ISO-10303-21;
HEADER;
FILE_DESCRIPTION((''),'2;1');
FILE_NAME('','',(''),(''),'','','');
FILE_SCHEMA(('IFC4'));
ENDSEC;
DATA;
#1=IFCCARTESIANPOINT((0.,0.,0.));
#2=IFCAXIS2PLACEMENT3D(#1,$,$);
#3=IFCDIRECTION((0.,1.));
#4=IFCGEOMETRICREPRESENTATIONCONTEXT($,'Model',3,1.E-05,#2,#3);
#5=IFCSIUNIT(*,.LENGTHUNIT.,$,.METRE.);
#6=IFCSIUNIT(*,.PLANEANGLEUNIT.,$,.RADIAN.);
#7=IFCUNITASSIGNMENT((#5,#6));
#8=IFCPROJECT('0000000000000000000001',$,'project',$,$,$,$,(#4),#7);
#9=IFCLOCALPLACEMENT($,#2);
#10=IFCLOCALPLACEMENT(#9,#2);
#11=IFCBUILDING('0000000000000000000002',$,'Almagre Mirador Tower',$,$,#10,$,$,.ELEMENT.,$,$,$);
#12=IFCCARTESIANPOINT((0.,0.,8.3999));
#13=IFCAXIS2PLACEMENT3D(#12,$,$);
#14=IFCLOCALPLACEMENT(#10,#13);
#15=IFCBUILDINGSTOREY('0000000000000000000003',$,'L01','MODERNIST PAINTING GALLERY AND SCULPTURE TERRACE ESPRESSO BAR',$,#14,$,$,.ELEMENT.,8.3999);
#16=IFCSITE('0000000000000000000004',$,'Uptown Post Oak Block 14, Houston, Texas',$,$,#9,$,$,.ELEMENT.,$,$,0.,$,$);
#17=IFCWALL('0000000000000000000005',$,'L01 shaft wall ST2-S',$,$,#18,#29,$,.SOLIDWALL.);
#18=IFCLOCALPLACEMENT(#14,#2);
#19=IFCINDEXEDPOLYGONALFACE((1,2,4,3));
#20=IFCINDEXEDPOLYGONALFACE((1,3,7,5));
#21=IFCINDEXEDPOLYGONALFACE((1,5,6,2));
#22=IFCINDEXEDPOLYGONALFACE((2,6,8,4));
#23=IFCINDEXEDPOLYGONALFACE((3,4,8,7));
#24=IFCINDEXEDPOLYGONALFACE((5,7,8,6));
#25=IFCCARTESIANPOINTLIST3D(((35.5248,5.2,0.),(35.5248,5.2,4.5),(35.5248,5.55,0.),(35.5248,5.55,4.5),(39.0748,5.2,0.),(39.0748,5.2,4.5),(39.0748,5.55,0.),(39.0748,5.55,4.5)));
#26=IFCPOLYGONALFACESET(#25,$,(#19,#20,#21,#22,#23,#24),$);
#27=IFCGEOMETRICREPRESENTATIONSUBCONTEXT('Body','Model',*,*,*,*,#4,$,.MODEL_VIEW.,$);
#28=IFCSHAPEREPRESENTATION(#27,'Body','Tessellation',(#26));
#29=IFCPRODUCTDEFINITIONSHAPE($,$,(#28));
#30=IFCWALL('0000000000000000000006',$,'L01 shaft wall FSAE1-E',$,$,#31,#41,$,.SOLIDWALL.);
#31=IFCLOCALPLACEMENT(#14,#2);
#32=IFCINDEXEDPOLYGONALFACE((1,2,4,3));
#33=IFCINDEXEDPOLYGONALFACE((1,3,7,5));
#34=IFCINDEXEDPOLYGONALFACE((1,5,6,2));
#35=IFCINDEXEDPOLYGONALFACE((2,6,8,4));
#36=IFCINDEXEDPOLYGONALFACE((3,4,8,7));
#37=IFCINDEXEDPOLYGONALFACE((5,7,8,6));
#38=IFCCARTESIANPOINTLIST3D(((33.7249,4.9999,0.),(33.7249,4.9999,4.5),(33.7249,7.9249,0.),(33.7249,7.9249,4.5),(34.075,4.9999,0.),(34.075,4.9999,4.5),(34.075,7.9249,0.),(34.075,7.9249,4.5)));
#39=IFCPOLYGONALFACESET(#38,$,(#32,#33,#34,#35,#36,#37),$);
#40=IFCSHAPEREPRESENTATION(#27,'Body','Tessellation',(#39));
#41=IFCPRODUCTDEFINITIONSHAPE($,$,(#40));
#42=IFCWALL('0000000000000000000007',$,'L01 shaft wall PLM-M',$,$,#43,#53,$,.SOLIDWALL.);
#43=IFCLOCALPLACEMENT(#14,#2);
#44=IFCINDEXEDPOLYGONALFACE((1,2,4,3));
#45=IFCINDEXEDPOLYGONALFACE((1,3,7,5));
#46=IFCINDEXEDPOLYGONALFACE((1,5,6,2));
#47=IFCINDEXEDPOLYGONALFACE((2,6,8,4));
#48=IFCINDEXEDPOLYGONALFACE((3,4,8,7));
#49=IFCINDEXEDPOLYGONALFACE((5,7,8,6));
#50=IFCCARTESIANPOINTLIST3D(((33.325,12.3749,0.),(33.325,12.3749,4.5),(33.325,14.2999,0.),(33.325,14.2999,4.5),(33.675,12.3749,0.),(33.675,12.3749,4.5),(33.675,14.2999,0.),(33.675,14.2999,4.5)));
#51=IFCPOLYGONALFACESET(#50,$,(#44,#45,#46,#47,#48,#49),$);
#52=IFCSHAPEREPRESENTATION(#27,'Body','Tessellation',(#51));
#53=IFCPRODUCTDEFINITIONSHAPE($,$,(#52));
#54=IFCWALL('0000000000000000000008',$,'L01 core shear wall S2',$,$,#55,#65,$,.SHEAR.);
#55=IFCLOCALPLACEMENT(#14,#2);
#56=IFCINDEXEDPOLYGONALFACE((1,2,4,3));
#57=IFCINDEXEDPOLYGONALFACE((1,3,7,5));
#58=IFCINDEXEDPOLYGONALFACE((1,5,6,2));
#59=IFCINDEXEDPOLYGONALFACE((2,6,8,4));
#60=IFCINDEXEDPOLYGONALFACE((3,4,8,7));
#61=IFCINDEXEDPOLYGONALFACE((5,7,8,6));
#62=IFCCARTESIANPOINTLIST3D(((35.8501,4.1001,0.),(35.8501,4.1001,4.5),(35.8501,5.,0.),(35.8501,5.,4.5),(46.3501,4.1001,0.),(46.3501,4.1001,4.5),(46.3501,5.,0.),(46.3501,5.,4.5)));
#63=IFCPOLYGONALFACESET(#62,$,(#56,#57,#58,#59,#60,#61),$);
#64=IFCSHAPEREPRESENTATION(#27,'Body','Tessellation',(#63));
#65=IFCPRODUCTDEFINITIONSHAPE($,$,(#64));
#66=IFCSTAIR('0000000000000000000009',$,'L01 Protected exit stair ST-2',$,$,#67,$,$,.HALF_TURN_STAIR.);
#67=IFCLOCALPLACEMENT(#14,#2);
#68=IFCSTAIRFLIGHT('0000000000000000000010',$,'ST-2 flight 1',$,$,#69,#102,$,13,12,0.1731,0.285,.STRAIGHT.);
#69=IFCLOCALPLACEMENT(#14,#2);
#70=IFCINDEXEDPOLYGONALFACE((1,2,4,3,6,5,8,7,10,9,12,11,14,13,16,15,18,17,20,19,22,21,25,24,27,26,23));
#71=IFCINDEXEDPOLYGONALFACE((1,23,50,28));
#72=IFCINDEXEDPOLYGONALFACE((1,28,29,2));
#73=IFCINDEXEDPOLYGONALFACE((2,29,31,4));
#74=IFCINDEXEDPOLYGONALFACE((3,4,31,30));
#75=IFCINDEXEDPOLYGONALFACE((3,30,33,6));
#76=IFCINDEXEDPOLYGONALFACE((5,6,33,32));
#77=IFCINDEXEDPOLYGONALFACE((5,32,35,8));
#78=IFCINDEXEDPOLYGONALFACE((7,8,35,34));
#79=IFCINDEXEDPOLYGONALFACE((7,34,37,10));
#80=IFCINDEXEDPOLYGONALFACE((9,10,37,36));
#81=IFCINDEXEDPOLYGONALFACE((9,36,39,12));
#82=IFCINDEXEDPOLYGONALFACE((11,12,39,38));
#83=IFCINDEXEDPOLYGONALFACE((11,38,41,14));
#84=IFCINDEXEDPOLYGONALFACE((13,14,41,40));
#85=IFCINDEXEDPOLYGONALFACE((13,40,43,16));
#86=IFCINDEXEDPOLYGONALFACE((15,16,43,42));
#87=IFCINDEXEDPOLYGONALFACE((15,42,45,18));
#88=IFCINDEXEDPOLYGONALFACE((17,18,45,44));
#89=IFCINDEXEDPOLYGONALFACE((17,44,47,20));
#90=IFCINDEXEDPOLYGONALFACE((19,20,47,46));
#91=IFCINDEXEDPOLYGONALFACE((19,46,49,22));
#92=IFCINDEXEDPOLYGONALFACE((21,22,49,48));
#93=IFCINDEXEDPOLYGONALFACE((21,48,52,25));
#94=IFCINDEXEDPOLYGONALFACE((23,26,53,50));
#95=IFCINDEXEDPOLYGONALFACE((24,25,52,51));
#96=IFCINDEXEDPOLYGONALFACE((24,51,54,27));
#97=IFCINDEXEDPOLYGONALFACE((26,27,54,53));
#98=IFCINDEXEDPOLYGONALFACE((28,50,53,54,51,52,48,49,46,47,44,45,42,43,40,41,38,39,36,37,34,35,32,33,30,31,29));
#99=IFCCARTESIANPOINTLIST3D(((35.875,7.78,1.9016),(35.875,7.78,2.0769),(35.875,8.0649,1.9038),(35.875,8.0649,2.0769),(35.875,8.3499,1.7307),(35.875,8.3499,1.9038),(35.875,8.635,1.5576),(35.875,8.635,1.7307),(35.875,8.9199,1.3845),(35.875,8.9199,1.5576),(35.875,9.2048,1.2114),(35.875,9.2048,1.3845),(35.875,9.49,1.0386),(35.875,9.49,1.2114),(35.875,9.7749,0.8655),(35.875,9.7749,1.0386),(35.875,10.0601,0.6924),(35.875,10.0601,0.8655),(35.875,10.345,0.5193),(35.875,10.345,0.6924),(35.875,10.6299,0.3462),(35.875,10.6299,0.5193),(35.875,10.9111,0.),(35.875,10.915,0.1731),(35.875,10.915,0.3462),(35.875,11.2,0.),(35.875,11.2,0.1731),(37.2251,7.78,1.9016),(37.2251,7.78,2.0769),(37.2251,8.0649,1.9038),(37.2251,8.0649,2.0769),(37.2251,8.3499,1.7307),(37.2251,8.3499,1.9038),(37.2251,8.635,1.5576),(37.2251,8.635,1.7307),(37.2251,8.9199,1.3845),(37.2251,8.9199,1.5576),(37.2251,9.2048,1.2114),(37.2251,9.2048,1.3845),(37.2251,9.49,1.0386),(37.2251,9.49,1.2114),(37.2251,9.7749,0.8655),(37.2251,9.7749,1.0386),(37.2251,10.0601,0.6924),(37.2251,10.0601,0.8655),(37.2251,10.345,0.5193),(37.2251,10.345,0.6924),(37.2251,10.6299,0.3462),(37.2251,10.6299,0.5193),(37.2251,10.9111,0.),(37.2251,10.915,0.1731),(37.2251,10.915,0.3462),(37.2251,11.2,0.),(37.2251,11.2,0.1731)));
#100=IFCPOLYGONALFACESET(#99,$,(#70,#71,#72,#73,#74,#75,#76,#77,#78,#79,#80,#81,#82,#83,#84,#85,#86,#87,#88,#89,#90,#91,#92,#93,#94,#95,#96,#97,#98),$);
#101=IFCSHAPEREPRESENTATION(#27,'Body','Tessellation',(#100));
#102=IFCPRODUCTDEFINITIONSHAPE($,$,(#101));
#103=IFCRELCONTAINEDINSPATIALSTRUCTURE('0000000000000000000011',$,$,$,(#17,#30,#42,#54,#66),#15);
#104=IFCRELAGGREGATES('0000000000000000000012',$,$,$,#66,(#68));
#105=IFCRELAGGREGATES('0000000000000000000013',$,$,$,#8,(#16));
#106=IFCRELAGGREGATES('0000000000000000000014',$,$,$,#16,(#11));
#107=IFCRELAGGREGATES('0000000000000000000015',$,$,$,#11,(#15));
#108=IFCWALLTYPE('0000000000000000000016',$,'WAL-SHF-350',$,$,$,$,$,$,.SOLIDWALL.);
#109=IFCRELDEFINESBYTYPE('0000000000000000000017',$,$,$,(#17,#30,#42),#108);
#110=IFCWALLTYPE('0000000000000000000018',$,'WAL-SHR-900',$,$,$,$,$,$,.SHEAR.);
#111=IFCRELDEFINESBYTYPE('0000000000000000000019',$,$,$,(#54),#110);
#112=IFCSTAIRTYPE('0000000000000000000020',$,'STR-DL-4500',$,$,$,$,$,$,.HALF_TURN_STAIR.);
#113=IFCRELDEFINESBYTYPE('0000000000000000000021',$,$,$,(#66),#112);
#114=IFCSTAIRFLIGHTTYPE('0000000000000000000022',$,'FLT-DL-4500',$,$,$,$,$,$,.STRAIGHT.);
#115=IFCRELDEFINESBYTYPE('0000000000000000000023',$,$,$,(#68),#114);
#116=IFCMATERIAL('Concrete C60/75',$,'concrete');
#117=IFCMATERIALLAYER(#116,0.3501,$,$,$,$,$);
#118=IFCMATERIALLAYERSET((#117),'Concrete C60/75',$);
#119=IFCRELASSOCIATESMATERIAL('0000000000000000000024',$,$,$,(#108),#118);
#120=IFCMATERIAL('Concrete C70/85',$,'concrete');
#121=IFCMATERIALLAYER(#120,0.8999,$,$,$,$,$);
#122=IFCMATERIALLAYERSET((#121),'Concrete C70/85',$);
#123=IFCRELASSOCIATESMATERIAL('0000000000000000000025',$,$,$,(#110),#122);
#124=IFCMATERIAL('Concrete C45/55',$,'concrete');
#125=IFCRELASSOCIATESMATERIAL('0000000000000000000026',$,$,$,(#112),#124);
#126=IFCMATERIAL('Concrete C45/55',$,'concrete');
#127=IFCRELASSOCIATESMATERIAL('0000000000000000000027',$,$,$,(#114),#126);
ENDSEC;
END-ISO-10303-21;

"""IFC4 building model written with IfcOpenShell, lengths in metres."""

from ifc_helpers import new_model, si_unit, direction, frame, frame_2d, origin, place, context, subcontext, project, spatial, polyline, rectangle, outline, extrude, material, layer, layer_set, type_object, element, aggregate, save


model = new_model("IFC4")

# Units and contexts
model_context = context("Model", 3, precision=1e-05, world=origin(), true_north=direction((0.0, 1.0)))
body_context = subcontext(model_context, "Body", "Model", "MODEL_VIEW")
ifc_project = project(units=[si_unit("LENGTHUNIT", "METRE"), si_unit("PLANEANGLEUNIT", "RADIAN")], contexts=[model_context])

# Site, building, storey
site_placement = place(None, origin())
site = spatial("IfcSite", under=ifc_project, at=site_placement, Name="Uptown Post Oak Block 14, Houston, Texas", CompositionType="ELEMENT", RefElevation=0.0)
building_placement = place(site_placement, origin())
building = spatial("IfcBuilding", under=site, at=building_placement, Name="Almagre Mirador Tower", CompositionType="ELEMENT")
storey_placement = place(building_placement, frame((0.0, 0.0, 8.3999)))
storey = spatial("IfcBuildingStorey", under=building, at=storey_placement, Name="L01", Description="MODERNIST PAINTING GALLERY AND SCULPTURE TERRACE ESPRESSO BAR", CompositionType="ELEMENT", Elevation=8.3999)

# Shared definitions
ifc_material_1 = material(Name="Concrete C60/75", Category="concrete")
ifc_layer_1 = layer(ifc_material_1, 0.3501)
ifc_layer_set_1 = layer_set([ifc_layer_1], Name="Concrete C60/75")
wall_type_1 = type_object("IfcWallType", Name="WAL-SHF-350", PredefinedType="SOLIDWALL", material=ifc_layer_set_1)

# Walls
wall_1_placement = place(storey_placement, frame((35.5249, 5.375, 0.0), z_axis=(0.0, 0.0, 1.0), x_axis=(1.0, 0.0, 0.0)))
element("IfcWall", 1, at=wall_1_placement, inside=storey, type_object=wall_type_1, Name="L01 shaft wall ST2-S", PredefinedType="SOLIDWALL", context=body_context, shape_type="SweptSolid", body=[
    extrude(rectangle(XDim=3.55, YDim=0.3501, at=frame_2d((1.7749, 0.0))), origin(), (0.0, 0.0, 1.0), 4.5),
])
wall_2_placement = place(storey_placement, frame((33.8999, 5.0, 0.0), z_axis=(0.0, 0.0, 1.0), x_axis=(0.0, 1.0, 0.0)))
element("IfcWall", 2, at=wall_2_placement, inside=storey, type_object=wall_type_1, Name="L01 shaft wall FSAE1-E", PredefinedType="SOLIDWALL", context=body_context, shape_type="SweptSolid", body=[
    extrude(rectangle(XDim=2.925, YDim=0.3501, at=frame_2d((1.4624, 0.0))), origin(), (0.0, 0.0, 1.0), 4.5),
])
wall_3_placement = place(storey_placement, frame((33.5, 12.375, 0.0), z_axis=(0.0, 0.0, 1.0), x_axis=(0.0, 1.0, 0.0)))
element("IfcWall", 3, at=wall_3_placement, inside=storey, type_object=wall_type_1, Name="L01 shaft wall PLM-M", PredefinedType="SOLIDWALL", context=body_context, shape_type="SweptSolid", body=[
    extrude(rectangle(XDim=1.925, YDim=0.3501, at=frame_2d((0.9624, 0.0))), origin(), (0.0, 0.0, 1.0), 4.5),
])
ifc_material_2 = material(Name="Concrete C70/85", Category="concrete")
ifc_layer_2 = layer(ifc_material_2, 0.8999)
ifc_layer_set_2 = layer_set([ifc_layer_2], Name="Concrete C70/85")
wall_type_2 = type_object("IfcWallType", Name="WAL-SHR-900", PredefinedType="SHEAR", material=ifc_layer_set_2)
wall_4_placement = place(storey_placement, frame((35.8501, 4.55, 0.0), z_axis=(0.0, 0.0, 1.0), x_axis=(1.0, 0.0, 0.0)))
element("IfcWall", 4, at=wall_4_placement, inside=storey, type_object=wall_type_2, Name="L01 core shear wall S2", PredefinedType="SHEAR", context=body_context, shape_type="SweptSolid", body=[
    extrude(rectangle(XDim=10.5, YDim=0.8999, at=frame_2d((5.25, 0.0))), origin(), (0.0, 0.0, 1.0), 4.5),
])

# Stair, stair flight
ifc_material_3 = material(Name="Concrete C45/55", Category="concrete")
stair_type = type_object("IfcStairType", Name="STR-DL-4500", PredefinedType="HALF_TURN_STAIR", material=ifc_material_3)
stair_placement = place(storey_placement, origin())
stair = element("IfcStair", 5, at=stair_placement, inside=storey, type_object=stair_type, Name="L01 Protected exit stair ST-2", PredefinedType="HALF_TURN_STAIR")
ifc_material_4 = material(Name="Concrete C45/55", Category="concrete")
stair_flight_type = type_object("IfcStairFlightType", Name="FLT-DL-4500", PredefinedType="STRAIGHT", material=ifc_material_4)
stair_flight_placement = place(storey_placement, frame((36.55, 11.2, 0.0), z_axis=(0.0, 0.0, 1.0), x_axis=(0.0, -1.0, 0.0)))
stair_flight = element("IfcStairFlight", 6, at=stair_flight_placement, type_object=stair_flight_type, Name="ST-2 flight 1", NumberOfRisers=13, NumberOfTreads=12, PredefinedType="STRAIGHT", RiserHeight=0.1731, TreadLength=0.285, context=body_context, shape_type="SweptSolid", body=[
    extrude(outline(polyline([(0.0, 0.0), (0.0, 0.1731), (0.2849, 0.1731), (0.2849, 0.3462), (0.5701, 0.3462), (0.5701, 0.5193), (0.855, 0.5193), (0.855, 0.6924), (1.1399, 0.6924), (1.1399, 0.8655), (1.425, 0.8655), (1.425, 1.0386), (1.71, 1.0386), (1.71, 1.2114), (1.9951, 1.2114), (1.9951, 1.3845), (2.28, 1.3845), (2.28, 1.5576), (2.5649, 1.5576), (2.5649, 1.7307), (2.8501, 1.7307), (2.8501, 1.9038), (3.135, 1.9038), (3.135, 2.0769), (3.4199, 2.0769), (3.4199, 2.25), (3.4199, 1.9016), (0.2888, 0.0), (0.0, 0.0)])), frame((0.0, 0.675, 0.0), z_axis=(0.0, -1.0, 0.0), x_axis=(1.0, 0.0, 0.0)), (0.0, 0.0, 1.0), 1.3501),
])
aggregate(stair, [stair_flight])

save(model, "model.ifc")
